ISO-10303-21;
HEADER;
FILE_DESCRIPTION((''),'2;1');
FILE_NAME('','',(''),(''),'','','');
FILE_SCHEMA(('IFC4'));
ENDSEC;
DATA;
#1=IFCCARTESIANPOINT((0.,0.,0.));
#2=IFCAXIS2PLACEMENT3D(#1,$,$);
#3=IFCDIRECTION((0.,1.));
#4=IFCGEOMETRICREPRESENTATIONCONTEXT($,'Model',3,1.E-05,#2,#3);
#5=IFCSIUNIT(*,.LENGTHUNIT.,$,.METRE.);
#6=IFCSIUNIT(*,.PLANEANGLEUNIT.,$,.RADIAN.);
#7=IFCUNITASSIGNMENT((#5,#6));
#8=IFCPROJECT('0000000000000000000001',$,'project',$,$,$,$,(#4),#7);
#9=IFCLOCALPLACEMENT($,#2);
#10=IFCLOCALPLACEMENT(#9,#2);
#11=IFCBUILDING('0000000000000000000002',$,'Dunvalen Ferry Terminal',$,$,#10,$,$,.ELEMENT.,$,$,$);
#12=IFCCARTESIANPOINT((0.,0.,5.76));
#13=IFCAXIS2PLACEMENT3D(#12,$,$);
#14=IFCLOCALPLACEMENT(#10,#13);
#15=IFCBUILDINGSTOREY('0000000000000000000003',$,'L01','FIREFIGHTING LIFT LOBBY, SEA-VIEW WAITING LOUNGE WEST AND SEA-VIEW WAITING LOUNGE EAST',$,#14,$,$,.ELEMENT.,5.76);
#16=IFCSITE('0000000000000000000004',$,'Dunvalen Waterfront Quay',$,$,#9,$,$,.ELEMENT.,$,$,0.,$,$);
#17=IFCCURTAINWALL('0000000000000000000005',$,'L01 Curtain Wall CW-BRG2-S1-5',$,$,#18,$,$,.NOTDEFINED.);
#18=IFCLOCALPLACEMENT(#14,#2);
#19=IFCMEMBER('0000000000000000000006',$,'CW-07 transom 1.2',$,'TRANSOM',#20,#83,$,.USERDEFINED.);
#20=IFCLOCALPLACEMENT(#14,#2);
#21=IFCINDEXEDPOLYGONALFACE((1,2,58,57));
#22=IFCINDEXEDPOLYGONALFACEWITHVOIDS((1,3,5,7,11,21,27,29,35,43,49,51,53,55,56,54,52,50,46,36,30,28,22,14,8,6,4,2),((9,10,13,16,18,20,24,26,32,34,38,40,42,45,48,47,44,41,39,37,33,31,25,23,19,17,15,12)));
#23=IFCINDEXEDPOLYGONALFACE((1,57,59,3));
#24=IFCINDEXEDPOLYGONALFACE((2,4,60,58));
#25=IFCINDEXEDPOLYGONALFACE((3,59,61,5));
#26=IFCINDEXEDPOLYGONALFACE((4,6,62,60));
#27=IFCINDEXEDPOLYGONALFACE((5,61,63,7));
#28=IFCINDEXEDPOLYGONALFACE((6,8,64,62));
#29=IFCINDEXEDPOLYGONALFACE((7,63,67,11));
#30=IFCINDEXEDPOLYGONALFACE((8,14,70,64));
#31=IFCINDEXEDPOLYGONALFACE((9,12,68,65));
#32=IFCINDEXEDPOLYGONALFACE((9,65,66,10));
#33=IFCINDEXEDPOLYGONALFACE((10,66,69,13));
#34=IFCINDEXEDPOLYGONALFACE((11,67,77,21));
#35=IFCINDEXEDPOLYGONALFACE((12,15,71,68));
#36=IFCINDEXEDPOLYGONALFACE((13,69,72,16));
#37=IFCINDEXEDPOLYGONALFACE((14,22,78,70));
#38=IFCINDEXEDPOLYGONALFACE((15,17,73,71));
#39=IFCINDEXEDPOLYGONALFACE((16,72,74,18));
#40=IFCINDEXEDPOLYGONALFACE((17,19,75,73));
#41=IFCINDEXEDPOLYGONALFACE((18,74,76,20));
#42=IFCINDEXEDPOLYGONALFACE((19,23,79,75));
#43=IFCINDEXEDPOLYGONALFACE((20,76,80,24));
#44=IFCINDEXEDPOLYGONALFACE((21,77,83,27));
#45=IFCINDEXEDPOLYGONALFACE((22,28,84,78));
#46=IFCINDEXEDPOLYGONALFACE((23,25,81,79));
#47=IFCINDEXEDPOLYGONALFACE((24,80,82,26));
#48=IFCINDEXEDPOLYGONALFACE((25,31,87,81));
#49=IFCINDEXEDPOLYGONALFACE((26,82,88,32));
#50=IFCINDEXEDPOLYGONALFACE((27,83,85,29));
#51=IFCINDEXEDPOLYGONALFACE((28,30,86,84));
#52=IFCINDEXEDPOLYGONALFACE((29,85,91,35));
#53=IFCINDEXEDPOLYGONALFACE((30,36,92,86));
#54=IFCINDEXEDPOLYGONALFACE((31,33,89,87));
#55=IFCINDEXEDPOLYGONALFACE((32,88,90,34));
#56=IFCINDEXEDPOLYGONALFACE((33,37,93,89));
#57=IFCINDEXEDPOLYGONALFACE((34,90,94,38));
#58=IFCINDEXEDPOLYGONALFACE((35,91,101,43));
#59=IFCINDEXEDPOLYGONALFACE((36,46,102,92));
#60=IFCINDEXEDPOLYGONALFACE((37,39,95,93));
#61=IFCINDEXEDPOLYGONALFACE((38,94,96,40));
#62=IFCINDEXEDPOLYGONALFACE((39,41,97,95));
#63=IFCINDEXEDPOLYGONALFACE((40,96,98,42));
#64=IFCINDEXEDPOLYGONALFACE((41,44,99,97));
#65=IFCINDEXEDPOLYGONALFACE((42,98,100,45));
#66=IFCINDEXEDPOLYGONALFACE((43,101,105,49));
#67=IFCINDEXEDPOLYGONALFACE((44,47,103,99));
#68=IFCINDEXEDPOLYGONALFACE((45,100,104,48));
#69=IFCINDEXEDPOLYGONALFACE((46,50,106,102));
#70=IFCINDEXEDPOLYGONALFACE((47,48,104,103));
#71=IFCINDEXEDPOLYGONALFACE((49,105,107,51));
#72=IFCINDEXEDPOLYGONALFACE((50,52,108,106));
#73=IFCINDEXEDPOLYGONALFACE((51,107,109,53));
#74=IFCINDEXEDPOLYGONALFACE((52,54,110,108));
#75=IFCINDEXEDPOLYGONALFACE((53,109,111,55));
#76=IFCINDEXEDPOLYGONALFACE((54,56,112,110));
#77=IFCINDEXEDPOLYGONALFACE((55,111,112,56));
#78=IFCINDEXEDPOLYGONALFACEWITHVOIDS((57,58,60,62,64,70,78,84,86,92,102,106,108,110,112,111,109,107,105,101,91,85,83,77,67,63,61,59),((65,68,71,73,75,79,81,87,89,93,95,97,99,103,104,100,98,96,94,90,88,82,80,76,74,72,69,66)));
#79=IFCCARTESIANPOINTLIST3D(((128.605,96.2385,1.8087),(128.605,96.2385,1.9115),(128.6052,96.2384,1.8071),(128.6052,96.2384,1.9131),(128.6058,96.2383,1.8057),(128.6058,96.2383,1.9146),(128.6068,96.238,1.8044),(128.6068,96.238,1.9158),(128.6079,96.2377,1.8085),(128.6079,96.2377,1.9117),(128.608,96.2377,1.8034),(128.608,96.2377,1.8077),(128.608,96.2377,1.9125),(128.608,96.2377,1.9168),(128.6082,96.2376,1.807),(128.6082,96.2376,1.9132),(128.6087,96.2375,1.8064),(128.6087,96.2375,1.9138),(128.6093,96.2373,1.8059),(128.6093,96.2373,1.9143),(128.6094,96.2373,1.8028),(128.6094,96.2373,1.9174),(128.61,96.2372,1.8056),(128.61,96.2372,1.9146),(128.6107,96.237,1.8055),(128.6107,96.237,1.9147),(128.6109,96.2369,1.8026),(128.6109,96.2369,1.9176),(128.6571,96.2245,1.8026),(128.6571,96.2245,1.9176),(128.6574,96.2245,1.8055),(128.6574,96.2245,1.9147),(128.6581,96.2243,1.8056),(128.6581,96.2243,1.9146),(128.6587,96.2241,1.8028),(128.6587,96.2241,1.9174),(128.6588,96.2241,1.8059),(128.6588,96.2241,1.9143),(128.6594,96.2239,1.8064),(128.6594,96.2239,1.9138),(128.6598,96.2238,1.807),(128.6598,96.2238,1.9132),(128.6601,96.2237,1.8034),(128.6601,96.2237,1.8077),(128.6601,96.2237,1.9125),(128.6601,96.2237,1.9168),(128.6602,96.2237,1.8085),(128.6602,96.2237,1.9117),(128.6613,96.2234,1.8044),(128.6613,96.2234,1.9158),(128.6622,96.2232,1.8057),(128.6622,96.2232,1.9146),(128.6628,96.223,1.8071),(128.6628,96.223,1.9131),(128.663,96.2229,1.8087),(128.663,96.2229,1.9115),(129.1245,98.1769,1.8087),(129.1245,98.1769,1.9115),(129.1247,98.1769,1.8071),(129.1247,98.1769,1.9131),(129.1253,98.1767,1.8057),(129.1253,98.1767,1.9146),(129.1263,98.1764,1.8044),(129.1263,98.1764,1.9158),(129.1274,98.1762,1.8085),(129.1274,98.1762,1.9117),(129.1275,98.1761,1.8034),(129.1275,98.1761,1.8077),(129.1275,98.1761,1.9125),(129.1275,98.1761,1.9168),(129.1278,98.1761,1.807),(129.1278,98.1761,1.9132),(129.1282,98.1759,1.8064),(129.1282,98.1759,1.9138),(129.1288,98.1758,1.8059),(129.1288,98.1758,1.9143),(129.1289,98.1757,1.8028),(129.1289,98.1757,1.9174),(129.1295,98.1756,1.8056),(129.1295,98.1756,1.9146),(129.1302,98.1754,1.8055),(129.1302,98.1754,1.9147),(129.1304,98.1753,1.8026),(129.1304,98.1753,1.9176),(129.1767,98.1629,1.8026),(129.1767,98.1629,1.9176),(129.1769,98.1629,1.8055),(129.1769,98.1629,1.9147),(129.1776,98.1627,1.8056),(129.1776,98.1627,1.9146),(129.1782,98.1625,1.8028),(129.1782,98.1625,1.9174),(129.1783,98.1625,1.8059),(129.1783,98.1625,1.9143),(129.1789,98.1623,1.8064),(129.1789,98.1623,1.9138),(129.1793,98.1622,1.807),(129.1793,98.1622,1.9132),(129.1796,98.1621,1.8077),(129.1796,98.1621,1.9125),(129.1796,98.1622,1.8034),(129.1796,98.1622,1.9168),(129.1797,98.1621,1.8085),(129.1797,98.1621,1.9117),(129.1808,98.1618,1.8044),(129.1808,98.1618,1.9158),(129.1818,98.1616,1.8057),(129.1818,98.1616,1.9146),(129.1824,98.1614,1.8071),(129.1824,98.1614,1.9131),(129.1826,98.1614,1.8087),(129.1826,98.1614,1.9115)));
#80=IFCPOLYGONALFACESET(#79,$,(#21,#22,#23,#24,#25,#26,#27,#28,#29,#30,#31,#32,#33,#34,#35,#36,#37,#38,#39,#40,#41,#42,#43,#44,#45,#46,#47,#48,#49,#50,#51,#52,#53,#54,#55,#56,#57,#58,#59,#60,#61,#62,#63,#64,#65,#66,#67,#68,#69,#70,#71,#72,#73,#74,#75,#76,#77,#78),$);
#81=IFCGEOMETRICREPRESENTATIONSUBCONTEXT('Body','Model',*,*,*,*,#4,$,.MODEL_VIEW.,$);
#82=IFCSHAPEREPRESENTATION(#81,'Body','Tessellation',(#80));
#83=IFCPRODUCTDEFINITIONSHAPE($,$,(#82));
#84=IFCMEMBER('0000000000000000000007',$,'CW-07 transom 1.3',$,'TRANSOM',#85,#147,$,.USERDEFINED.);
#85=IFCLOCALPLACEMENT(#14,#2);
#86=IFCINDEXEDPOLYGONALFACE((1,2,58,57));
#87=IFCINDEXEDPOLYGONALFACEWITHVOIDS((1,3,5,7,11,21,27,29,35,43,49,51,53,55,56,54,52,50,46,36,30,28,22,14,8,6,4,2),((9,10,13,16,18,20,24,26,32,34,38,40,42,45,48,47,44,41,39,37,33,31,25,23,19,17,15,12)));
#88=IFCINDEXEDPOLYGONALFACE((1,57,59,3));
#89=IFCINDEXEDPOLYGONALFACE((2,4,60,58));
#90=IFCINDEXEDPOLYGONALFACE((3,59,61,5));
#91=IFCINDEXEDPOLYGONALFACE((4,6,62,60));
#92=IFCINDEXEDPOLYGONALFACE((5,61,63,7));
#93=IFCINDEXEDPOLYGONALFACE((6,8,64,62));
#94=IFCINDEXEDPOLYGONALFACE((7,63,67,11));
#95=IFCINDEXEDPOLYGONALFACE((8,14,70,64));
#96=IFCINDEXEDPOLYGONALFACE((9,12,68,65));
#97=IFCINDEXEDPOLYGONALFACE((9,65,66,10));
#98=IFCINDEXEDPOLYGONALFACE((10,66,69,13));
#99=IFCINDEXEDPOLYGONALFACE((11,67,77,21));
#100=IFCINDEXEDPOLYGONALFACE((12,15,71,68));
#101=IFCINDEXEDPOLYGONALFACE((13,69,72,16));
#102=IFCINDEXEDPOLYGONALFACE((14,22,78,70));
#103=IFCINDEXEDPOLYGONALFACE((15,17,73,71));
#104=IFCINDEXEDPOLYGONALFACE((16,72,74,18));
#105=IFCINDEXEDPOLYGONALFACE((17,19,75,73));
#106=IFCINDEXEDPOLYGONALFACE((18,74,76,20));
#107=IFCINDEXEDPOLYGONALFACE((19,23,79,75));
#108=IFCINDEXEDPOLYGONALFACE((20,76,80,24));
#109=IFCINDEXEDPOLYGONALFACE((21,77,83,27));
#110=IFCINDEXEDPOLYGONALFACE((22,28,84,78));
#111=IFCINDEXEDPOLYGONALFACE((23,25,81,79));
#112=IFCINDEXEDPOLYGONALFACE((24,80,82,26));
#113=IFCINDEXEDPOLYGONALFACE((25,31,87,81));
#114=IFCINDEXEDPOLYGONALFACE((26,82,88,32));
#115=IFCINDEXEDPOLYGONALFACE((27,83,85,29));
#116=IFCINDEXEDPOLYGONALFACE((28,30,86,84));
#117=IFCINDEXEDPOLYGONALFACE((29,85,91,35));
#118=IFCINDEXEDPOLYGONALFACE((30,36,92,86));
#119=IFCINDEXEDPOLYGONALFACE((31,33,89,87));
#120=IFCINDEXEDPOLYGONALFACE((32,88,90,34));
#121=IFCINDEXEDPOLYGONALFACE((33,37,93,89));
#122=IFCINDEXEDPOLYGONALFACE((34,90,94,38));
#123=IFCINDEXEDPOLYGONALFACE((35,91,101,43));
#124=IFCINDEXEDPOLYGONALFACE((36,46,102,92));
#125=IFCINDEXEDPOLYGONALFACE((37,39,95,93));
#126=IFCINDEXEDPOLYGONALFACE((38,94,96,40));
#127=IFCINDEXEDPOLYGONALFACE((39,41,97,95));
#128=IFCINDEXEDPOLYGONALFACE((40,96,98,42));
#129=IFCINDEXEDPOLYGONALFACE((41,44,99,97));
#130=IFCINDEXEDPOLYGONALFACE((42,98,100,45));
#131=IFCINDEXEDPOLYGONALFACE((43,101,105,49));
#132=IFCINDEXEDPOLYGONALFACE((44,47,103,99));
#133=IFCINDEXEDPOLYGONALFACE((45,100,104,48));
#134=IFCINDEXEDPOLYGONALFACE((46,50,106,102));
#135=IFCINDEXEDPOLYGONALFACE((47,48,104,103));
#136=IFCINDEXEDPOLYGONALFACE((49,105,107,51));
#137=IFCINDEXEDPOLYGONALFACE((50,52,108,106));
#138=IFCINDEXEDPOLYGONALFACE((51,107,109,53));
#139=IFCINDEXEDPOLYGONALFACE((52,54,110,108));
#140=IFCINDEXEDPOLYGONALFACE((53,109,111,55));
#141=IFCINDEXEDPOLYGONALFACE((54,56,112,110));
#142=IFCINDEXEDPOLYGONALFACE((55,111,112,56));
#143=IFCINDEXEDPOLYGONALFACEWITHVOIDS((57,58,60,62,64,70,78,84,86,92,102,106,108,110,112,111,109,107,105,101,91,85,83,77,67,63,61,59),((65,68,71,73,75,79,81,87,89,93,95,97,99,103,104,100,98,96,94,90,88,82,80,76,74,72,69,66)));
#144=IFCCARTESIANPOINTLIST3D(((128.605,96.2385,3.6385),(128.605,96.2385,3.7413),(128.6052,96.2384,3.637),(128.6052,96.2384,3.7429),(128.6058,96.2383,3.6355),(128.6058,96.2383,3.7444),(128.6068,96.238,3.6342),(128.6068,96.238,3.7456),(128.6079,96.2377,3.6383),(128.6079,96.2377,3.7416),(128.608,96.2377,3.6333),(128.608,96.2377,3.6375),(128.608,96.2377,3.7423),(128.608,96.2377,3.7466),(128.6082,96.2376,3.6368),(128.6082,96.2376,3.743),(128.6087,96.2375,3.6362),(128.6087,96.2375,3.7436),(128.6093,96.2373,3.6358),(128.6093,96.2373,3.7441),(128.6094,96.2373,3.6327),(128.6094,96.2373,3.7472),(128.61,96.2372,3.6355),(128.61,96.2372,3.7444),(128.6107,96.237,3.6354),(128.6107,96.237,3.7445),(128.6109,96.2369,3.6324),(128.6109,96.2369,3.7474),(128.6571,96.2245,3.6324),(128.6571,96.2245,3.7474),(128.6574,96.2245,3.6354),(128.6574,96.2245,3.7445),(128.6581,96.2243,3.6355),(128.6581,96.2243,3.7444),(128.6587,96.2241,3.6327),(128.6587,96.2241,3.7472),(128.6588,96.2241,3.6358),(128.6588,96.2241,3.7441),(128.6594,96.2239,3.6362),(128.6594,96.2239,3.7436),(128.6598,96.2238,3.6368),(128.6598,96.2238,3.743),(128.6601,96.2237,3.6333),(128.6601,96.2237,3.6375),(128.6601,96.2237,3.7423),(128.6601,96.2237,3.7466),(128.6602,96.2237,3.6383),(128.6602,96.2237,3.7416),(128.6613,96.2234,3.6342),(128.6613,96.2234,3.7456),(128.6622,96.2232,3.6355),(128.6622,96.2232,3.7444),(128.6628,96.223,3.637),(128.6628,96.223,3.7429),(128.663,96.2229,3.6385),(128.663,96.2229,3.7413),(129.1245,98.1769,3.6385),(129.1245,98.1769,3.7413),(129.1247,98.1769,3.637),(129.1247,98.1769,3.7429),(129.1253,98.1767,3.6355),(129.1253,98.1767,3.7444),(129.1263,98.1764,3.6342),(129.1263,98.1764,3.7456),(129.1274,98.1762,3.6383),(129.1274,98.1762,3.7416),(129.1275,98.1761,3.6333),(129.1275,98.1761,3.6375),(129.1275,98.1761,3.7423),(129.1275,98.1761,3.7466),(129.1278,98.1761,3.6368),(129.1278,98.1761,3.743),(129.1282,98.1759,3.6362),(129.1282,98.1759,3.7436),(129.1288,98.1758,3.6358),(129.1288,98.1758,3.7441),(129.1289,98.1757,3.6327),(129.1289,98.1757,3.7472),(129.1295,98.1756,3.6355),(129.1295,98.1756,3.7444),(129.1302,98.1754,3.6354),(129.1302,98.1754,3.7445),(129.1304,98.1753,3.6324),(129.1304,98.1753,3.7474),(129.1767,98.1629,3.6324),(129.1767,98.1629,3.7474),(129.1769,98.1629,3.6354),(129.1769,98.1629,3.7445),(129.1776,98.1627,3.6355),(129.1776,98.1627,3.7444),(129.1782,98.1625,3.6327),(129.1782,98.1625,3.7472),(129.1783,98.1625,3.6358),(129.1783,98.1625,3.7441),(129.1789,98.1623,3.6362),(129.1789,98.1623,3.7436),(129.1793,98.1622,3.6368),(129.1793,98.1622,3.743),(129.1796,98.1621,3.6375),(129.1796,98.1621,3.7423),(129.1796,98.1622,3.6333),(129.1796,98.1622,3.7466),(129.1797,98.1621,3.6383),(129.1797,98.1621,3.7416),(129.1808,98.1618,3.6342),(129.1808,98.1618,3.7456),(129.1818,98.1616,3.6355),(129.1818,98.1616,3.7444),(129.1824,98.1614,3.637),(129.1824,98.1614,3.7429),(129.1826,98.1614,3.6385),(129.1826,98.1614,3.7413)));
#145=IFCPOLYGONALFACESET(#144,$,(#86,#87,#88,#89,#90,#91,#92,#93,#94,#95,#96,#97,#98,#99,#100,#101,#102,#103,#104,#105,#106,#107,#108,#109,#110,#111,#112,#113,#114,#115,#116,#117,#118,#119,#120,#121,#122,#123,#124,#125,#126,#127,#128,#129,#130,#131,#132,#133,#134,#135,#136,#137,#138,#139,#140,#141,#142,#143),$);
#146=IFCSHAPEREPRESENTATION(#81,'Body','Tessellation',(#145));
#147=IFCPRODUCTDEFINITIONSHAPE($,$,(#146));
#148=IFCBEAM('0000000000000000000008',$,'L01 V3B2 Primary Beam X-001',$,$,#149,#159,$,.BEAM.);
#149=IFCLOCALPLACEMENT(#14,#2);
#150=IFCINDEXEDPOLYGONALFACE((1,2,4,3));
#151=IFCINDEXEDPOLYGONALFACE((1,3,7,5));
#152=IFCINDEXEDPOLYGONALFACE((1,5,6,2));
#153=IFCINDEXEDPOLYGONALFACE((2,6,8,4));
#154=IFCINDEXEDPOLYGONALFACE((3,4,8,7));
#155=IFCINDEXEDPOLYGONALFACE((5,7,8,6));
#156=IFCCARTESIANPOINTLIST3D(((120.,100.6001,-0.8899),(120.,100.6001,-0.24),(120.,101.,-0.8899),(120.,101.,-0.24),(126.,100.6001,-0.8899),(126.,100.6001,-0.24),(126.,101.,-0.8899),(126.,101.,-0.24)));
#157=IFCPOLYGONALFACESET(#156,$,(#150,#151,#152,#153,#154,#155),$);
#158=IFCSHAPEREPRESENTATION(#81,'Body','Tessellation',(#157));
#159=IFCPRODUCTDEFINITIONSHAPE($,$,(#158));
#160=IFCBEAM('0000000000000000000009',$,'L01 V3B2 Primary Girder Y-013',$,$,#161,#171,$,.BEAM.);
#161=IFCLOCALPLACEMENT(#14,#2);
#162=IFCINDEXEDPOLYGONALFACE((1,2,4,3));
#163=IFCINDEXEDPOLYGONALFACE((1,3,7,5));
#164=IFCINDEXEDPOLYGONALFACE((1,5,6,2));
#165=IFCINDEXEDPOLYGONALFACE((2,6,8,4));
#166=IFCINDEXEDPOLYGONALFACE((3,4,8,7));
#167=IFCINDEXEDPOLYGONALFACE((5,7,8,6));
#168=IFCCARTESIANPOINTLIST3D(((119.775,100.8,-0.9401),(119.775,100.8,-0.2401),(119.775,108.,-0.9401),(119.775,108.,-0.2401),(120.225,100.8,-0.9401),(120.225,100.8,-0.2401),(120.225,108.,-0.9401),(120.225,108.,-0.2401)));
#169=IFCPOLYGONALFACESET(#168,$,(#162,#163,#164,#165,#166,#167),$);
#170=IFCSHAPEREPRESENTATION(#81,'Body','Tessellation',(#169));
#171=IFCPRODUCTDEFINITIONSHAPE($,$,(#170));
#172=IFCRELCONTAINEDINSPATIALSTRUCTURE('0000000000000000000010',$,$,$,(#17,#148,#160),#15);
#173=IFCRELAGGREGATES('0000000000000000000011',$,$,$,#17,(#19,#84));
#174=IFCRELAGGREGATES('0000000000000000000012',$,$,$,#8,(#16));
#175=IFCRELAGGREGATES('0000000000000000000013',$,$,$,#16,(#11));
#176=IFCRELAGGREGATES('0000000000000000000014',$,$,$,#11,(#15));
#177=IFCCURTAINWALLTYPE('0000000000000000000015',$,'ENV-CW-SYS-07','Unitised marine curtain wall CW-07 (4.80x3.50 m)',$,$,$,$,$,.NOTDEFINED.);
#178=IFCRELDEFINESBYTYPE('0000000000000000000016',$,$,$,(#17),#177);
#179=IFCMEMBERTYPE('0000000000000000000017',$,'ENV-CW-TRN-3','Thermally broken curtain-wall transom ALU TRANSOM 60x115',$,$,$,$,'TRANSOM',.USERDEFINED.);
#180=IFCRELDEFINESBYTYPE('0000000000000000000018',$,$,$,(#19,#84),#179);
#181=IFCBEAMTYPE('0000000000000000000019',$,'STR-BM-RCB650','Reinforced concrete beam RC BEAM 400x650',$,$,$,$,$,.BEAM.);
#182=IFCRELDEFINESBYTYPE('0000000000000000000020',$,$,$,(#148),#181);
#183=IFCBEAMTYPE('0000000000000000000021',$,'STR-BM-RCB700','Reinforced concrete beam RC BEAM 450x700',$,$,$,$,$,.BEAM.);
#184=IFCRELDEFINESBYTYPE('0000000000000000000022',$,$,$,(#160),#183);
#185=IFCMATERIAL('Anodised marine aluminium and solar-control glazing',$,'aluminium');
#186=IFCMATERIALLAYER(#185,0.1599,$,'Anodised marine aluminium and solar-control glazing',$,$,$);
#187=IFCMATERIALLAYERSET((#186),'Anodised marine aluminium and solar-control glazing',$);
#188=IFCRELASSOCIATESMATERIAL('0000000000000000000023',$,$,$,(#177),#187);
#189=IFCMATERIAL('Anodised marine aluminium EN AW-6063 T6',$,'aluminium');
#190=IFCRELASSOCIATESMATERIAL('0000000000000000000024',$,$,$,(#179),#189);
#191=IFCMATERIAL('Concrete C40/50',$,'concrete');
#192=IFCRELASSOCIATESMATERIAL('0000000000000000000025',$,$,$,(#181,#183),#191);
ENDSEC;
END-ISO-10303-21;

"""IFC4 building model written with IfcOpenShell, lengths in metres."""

from ifc_helpers import new_model, si_unit, direction, frame, origin, origin_2d, place, context, subcontext, project, spatial, rectangle, hollow_rectangle, extrude, material, layer, layer_set, material_profile, profile_set, type_object, element, aggregate, save


model = new_model("IFC4")

# Units and contexts
model_context = context("Model", 3, precision=1e-05, world=origin(), true_north=direction((0.0, 1.0)))
body_context = subcontext(model_context, "Body", "Model", "MODEL_VIEW")
ifc_project = project(units=[si_unit("LENGTHUNIT", "METRE"), si_unit("PLANEANGLEUNIT", "RADIAN")], contexts=[model_context])

# Site, building, storey
site_placement = place(None, origin())
site = spatial("IfcSite", under=ifc_project, at=site_placement, Name="Dunvalen Waterfront Quay", CompositionType="ELEMENT", RefElevation=0.0)
building_placement = place(site_placement, origin())
building = spatial("IfcBuilding", under=site, at=building_placement, Name="Dunvalen Ferry Terminal", CompositionType="ELEMENT")
storey_placement = place(building_placement, frame((0.0, 0.0, 5.76)))
storey = spatial("IfcBuildingStorey", under=building, at=storey_placement, Name="L01", Description="FIREFIGHTING LIFT LOBBY, SEA-VIEW WAITING LOUNGE WEST AND SEA-VIEW WAITING LOUNGE EAST", CompositionType="ELEMENT", Elevation=5.76)

# Shared definitions
ifc_material_1 = material(Name="Anodised marine aluminium and solar-control glazing", Category="aluminium")
ifc_layer_1 = layer(ifc_material_1, 0.1599, Name="Anodised marine aluminium and solar-control glazing")
ifc_layer_set_1 = layer_set([ifc_layer_1], Name="Anodised marine aluminium and solar-control glazing")
curtain_wall_type = type_object("IfcCurtainWallType", Name="ENV-CW-SYS-07", Description="Unitised marine curtain wall CW-07 (4.80x3.50 m)", PredefinedType="NOTDEFINED", material=ifc_layer_set_1)
ifc_material_2 = material(Name="Anodised marine aluminium EN AW-6063 T6", Category="aluminium")

# Curtain wall
curtain_wall_1_placement = place(storey_placement, origin())
curtain_wall_1 = element("IfcCurtainWall", 1, at=curtain_wall_1_placement, inside=storey, type_object=curtain_wall_type, Name="L01 Curtain Wall CW-BRG2-S1-5", PredefinedType="NOTDEFINED")

# Members
ifc_material_profile_1 = material_profile(ifc_material_2, hollow_rectangle(XDim=0.0601, YDim=0.115, WallThickness=0.0029, InnerFilletRadius=0.0029, OuterFilletRadius=0.0061, at=origin_2d()), Name="Anodised marine aluminium EN AW-6063 T6")
ifc_profile_set_1 = profile_set([ifc_material_profile_1], Name="Anodised marine aluminium EN AW-6063 T6")
member_type_1 = type_object("IfcMemberType", Name="ENV-CW-TRN-3", Description="Thermally broken curtain-wall transom ALU TRANSOM 60x115", ElementType="TRANSOM", PredefinedType="USERDEFINED", material=ifc_profile_set_1)
member_1_placement = place(storey_placement, frame((128.634, 96.2307, 1.8601), z_axis=(0.258874, 0.965911, 0.0), x_axis=(-0.965911, 0.258874, 0.0)))
member_1 = element("IfcMember", 2, at=member_1_placement, type_object=member_type_1, Name="CW-07 transom 1.2", ObjectType="TRANSOM", PredefinedType="USERDEFINED", context=body_context, shape_type="SweptSolid", body=[
    extrude(hollow_rectangle(XDim=0.0601, YDim=0.115, WallThickness=0.0029, InnerFilletRadius=0.0029, OuterFilletRadius=0.0061, at=origin_2d()), origin(), (0.0, 0.0, 1.0), 2.0068),
])
member_2_placement = place(storey_placement, frame((128.634, 96.2307, 3.6899), z_axis=(0.258874, 0.965911, 0.0), x_axis=(-0.965911, 0.258874, 0.0)))
member_2 = element("IfcMember", 3, at=member_2_placement, type_object=member_type_1, Name="CW-07 transom 1.3", ObjectType="TRANSOM", PredefinedType="USERDEFINED", context=body_context, shape_type="SweptSolid", body=[
    extrude(hollow_rectangle(XDim=0.0601, YDim=0.115, WallThickness=0.0029, InnerFilletRadius=0.0029, OuterFilletRadius=0.0061, at=origin_2d()), origin(), (0.0, 0.0, 1.0), 2.0068),
])

# Beams
ifc_material_3 = material(Name="Concrete C40/50", Category="concrete")
ifc_material_profile_2 = material_profile(ifc_material_3, rectangle(XDim=0.3999, YDim=0.6499, at=origin_2d()), Name="Concrete C40/50")
ifc_profile_set_2 = profile_set([ifc_material_profile_2], Name="Concrete C40/50")
beam_type_1 = type_object("IfcBeamType", Name="STR-BM-RCB650", Description="Reinforced concrete beam RC BEAM 400x650", PredefinedType="BEAM", material=ifc_profile_set_2)
beam_1_placement = place(storey_placement, frame((120.0, 100.8, -0.5649), z_axis=(1.0, 0.0, 0.0), x_axis=(0.0, 1.0, 0.0)))
element("IfcBeam", 4, at=beam_1_placement, inside=storey, type_object=beam_type_1, Name="L01 V3B2 Primary Beam X-001", PredefinedType="BEAM", context=body_context, shape_type="SweptSolid", body=[
    extrude(rectangle(XDim=0.3999, YDim=0.6499, at=origin_2d()), origin(), (0.0, 0.0, 1.0), 6.0),
])
ifc_material_profile_3 = material_profile(ifc_material_3, rectangle(XDim=0.45, YDim=0.7, at=origin_2d()), Name="Concrete C40/50")
ifc_profile_set_3 = profile_set([ifc_material_profile_3], Name="Concrete C40/50")
beam_type_2 = type_object("IfcBeamType", Name="STR-BM-RCB700", Description="Reinforced concrete beam RC BEAM 450x700", PredefinedType="BEAM", material=ifc_profile_set_3)
beam_2_placement = place(storey_placement, frame((120.0, 100.8, -0.5901), z_axis=(0.0, 1.0, 0.0), x_axis=(-1.0, 0.0, 0.0)))
element("IfcBeam", 5, at=beam_2_placement, inside=storey, type_object=beam_type_2, Name="L01 V3B2 Primary Girder Y-013", PredefinedType="BEAM", context=body_context, shape_type="SweptSolid", body=[
    extrude(rectangle(XDim=0.45, YDim=0.7, at=origin_2d()), origin(), (0.0, 0.0, 1.0), 7.2),
])

aggregate(curtain_wall_1, [member_1, member_2])

save(model, "model.ifc")
